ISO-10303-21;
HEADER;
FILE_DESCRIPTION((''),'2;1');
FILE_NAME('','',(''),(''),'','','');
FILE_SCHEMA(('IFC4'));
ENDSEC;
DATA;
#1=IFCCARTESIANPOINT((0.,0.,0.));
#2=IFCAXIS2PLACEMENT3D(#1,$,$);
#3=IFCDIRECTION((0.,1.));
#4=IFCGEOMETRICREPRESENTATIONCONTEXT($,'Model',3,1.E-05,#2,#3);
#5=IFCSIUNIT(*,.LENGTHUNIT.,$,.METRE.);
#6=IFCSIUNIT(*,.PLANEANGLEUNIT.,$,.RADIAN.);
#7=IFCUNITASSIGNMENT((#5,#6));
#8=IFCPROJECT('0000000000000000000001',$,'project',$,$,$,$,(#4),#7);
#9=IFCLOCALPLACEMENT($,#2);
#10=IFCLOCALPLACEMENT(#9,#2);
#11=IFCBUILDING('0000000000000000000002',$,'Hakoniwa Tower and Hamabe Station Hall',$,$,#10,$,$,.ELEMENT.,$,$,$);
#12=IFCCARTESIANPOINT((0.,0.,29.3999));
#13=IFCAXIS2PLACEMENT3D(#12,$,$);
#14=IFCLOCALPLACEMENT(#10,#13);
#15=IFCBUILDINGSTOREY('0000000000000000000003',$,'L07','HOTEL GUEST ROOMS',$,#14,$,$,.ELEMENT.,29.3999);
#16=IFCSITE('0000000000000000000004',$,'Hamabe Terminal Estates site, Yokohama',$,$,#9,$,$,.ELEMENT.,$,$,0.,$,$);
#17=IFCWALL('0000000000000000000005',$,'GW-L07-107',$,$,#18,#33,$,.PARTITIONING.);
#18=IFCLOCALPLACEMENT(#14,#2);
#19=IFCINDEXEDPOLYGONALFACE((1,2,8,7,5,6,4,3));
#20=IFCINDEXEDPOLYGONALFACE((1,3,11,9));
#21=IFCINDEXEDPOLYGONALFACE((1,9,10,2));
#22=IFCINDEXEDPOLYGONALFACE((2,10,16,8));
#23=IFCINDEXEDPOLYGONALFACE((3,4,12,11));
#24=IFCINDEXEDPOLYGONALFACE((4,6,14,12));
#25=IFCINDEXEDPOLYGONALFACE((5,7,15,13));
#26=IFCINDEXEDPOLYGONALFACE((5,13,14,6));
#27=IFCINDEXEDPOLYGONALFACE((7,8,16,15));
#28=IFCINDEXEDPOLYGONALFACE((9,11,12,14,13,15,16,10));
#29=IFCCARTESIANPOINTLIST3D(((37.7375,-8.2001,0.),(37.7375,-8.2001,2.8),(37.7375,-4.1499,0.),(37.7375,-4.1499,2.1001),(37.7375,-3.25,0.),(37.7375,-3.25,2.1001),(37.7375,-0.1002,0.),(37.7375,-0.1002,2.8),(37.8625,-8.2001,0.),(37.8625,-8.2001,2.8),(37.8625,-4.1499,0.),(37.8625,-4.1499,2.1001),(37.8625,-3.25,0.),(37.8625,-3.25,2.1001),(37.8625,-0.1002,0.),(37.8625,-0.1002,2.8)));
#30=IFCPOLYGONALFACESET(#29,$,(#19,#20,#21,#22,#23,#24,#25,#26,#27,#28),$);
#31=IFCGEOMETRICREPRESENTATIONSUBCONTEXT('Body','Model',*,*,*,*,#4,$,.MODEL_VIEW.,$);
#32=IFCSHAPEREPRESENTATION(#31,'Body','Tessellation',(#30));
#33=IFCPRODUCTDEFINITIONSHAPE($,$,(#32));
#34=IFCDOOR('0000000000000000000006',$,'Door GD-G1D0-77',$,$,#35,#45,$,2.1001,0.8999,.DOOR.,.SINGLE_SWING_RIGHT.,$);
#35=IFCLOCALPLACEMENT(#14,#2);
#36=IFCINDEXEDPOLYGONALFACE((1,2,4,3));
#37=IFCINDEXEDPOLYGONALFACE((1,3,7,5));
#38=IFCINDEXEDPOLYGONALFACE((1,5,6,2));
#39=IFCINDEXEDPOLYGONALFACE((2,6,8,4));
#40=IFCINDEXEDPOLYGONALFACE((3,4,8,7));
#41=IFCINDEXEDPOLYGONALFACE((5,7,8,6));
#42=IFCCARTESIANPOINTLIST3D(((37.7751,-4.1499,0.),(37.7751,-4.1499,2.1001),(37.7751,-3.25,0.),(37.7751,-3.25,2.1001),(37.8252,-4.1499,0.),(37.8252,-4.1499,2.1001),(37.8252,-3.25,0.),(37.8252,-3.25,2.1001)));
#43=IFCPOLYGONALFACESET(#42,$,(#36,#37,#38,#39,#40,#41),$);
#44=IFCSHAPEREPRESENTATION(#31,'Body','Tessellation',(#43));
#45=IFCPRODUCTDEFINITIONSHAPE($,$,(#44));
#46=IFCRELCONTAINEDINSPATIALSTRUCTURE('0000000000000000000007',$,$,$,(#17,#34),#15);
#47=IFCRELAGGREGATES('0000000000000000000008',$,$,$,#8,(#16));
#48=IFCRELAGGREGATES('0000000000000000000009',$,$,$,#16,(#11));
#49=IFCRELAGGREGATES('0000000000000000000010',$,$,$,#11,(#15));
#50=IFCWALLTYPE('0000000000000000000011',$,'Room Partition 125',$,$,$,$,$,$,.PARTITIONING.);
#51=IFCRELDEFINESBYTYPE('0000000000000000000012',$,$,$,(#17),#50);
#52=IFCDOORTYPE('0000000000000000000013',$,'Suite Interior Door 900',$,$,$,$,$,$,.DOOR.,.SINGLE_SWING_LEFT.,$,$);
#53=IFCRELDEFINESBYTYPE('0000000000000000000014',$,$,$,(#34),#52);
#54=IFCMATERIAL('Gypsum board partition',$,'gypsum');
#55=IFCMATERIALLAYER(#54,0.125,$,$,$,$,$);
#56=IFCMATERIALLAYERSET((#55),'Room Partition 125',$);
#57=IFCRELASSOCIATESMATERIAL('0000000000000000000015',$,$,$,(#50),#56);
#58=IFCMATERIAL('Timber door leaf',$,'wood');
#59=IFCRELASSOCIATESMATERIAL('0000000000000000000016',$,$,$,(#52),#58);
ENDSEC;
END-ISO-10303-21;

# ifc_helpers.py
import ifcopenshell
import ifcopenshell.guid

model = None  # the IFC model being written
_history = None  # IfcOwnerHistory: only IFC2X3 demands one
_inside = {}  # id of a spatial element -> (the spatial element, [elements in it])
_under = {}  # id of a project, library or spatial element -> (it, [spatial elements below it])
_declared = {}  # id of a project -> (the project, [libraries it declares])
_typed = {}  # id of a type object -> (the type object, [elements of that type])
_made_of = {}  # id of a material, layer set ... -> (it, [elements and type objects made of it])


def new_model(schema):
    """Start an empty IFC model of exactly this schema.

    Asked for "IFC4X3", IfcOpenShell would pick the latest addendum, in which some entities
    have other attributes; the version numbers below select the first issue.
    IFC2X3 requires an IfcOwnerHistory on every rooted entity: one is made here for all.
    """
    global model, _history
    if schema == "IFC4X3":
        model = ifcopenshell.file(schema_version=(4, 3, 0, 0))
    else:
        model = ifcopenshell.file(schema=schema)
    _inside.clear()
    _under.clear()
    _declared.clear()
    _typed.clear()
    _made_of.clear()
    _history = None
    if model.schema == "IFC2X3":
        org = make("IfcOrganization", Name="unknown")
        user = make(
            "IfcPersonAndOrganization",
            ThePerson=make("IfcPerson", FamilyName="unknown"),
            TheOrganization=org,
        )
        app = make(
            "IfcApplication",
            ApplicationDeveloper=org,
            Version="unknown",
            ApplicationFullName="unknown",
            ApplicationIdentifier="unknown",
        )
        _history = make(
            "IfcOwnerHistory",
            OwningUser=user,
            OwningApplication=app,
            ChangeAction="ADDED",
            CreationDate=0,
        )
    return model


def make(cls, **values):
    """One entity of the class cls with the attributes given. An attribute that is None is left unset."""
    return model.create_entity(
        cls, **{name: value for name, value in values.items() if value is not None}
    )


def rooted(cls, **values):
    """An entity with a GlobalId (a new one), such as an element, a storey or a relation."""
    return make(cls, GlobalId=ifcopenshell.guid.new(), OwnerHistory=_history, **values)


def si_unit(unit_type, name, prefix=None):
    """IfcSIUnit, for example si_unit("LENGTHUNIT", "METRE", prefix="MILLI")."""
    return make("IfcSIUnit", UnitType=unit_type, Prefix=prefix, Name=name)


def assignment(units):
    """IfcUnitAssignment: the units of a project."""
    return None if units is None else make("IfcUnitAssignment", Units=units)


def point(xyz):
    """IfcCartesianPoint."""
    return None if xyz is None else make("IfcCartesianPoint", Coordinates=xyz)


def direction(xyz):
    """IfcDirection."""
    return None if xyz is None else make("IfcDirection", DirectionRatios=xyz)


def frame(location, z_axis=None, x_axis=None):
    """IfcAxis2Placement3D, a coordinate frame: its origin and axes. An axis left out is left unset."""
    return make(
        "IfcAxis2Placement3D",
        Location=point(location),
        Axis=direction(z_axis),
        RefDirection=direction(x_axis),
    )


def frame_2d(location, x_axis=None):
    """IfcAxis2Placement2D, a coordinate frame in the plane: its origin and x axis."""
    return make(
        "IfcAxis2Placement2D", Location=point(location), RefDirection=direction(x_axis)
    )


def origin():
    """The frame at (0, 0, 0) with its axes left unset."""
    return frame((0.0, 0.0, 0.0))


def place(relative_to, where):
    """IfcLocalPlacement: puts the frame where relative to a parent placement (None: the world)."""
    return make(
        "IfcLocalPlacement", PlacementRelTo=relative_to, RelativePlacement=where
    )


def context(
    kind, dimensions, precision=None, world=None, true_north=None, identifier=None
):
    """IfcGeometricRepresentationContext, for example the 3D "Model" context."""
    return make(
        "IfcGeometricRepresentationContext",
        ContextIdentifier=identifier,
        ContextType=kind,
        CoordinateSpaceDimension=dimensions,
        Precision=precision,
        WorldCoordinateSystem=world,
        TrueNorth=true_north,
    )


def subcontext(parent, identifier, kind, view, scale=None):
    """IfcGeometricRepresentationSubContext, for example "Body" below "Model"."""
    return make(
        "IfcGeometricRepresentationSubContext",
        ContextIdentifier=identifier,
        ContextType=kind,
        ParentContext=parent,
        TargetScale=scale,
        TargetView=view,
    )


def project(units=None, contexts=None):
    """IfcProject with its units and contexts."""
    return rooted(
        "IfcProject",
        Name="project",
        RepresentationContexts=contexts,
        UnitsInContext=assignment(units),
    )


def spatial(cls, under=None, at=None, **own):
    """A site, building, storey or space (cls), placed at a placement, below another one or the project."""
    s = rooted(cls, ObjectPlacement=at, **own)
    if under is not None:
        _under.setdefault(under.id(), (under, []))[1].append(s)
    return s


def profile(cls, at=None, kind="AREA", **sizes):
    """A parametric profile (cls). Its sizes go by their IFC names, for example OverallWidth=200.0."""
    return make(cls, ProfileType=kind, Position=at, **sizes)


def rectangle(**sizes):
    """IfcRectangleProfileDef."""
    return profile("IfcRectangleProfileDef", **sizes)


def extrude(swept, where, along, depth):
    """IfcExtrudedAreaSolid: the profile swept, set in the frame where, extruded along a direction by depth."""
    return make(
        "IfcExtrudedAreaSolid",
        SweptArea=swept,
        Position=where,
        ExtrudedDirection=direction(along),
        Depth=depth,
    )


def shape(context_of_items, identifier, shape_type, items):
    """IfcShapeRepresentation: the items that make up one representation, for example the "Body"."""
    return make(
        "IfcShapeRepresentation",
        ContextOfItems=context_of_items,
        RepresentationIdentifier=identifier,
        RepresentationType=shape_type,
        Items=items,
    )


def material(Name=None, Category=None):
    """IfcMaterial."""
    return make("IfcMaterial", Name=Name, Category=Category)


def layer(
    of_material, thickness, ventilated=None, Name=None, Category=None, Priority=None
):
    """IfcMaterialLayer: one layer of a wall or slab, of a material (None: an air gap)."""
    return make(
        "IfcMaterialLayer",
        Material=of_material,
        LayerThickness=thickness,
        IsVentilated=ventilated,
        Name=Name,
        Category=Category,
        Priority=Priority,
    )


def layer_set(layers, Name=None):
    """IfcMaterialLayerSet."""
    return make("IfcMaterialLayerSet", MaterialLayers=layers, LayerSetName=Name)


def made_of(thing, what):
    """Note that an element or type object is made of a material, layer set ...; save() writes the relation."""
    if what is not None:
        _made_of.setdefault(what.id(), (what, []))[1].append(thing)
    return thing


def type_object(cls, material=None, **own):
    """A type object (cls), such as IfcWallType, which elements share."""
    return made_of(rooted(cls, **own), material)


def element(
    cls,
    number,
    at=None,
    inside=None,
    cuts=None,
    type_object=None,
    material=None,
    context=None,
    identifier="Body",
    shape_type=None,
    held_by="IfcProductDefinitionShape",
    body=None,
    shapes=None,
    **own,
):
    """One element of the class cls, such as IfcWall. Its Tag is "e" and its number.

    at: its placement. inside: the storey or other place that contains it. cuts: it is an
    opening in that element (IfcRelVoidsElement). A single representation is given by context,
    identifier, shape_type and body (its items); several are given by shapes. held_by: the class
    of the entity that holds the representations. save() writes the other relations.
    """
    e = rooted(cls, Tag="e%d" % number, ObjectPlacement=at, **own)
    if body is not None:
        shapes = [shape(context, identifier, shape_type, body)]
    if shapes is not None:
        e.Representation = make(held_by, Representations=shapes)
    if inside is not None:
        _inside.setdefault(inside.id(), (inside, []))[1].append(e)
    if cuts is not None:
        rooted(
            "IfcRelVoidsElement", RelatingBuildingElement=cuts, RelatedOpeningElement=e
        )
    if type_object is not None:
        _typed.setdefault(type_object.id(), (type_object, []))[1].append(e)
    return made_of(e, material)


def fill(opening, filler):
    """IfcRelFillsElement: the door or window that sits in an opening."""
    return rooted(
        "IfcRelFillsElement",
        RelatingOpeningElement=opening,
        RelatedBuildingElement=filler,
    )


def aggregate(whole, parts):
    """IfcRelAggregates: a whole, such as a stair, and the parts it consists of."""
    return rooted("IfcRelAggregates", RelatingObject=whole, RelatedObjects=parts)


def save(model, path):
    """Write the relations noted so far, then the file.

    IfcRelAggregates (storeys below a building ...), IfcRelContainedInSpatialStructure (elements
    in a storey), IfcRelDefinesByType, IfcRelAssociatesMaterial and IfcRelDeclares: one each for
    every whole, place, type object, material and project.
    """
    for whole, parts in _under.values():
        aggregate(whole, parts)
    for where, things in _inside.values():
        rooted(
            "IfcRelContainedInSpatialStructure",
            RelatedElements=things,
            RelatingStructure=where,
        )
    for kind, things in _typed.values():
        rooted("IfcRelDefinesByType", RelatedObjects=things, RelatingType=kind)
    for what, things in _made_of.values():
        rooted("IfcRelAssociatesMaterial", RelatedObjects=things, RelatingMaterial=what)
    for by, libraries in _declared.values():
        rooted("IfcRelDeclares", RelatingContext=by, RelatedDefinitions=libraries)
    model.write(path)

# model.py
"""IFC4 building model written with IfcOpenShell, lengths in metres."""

from ifc_helpers import new_model, si_unit, direction, frame, frame_2d, origin, place, context, subcontext, project, spatial, rectangle, extrude, material, layer, layer_set, type_object, element, fill, save


model = new_model("IFC4")

# Units and contexts
model_context = context("Model", 3, precision=1e-05, world=origin(), true_north=direction((0.0, 1.0)))
body_context = subcontext(model_context, "Body", "Model", "MODEL_VIEW")
ifc_project = project(units=[si_unit("LENGTHUNIT", "METRE"), si_unit("PLANEANGLEUNIT", "RADIAN")], contexts=[model_context])

# Site, building, storey
site_placement = place(None, origin())
site = spatial("IfcSite", under=ifc_project, at=site_placement, Name="Hamabe Terminal Estates site, Yokohama", CompositionType="ELEMENT", RefElevation=0.0)
building_placement = place(site_placement, origin())
building = spatial("IfcBuilding", under=site, at=building_placement, Name="Hakoniwa Tower and Hamabe Station Hall", CompositionType="ELEMENT")
storey_placement = place(building_placement, frame((0.0, 0.0, 29.3999)))
storey = spatial("IfcBuildingStorey", under=building, at=storey_placement, Name="L07", Description="HOTEL GUEST ROOMS", CompositionType="ELEMENT", Elevation=29.3999)

# Wall, opening, door
ifc_material_1 = material(Name="Gypsum board partition", Category="gypsum")
ifc_layer_1 = layer(ifc_material_1, 0.125)
ifc_layer_set_1 = layer_set([ifc_layer_1], Name="Room Partition 125")
wall_type_1 = type_object("IfcWallType", Name="Room Partition 125", PredefinedType="PARTITIONING", material=ifc_layer_set_1)
wall_1_placement = place(storey_placement, frame((37.8, -8.2, 0.0), z_axis=(0.0, 0.0, 1.0), x_axis=(0.0, 1.0, 0.0)))
wall_1 = element("IfcWall", 1, at=wall_1_placement, inside=storey, type_object=wall_type_1, Name="GW-L07-107", PredefinedType="PARTITIONING", context=body_context, shape_type="SweptSolid", body=[
    extrude(rectangle(XDim=8.0999, YDim=0.125, at=frame_2d((4.0498, 0.0))), origin(), (0.0, 0.0, 1.0), 2.8),
])
opening_1_placement = place(wall_1_placement, frame((4.05, 0.0, 0.0)))
opening_1 = element("IfcOpeningElement", 2, at=opening_1_placement, cuts=wall_1, PredefinedType="OPENING", context=body_context, shape_type="SweptSolid", body=[
    extrude(rectangle(XDim=0.8999, YDim=2.1001, at=frame_2d((0.45, 1.05))), frame((0.0, 0.0725, 0.0), z_axis=(0.0, -1.0, 0.0), x_axis=(1.0, 0.0, 0.0)), (0.0, 0.0, 1.0), 0.145),
])
ifc_material_2 = material(Name="Timber door leaf", Category="wood")
door_type_1 = type_object("IfcDoorType", Name="Suite Interior Door 900", OperationType="SINGLE_SWING_LEFT", PredefinedType="DOOR", material=ifc_material_2)
door_1_placement = place(opening_1_placement, origin())
door_1 = element("IfcDoor", 3, at=door_1_placement, inside=storey, type_object=door_type_1, Name="Door GD-G1D0-77", OperationType="SINGLE_SWING_RIGHT", OverallHeight=2.1001, OverallWidth=0.8999, PredefinedType="DOOR", context=body_context, shape_type="SweptSolid", body=[
    extrude(rectangle(XDim=0.8999, YDim=2.1001, at=frame_2d((0.45, 1.05))), frame((0.0, 0.0249, 0.0), z_axis=(0.0, -1.0, 0.0), x_axis=(1.0, 0.0, 0.0)), (0.0, 0.0, 1.0), 0.05),
])
fill(opening_1, door_1)

save(model, "model.ifc")
